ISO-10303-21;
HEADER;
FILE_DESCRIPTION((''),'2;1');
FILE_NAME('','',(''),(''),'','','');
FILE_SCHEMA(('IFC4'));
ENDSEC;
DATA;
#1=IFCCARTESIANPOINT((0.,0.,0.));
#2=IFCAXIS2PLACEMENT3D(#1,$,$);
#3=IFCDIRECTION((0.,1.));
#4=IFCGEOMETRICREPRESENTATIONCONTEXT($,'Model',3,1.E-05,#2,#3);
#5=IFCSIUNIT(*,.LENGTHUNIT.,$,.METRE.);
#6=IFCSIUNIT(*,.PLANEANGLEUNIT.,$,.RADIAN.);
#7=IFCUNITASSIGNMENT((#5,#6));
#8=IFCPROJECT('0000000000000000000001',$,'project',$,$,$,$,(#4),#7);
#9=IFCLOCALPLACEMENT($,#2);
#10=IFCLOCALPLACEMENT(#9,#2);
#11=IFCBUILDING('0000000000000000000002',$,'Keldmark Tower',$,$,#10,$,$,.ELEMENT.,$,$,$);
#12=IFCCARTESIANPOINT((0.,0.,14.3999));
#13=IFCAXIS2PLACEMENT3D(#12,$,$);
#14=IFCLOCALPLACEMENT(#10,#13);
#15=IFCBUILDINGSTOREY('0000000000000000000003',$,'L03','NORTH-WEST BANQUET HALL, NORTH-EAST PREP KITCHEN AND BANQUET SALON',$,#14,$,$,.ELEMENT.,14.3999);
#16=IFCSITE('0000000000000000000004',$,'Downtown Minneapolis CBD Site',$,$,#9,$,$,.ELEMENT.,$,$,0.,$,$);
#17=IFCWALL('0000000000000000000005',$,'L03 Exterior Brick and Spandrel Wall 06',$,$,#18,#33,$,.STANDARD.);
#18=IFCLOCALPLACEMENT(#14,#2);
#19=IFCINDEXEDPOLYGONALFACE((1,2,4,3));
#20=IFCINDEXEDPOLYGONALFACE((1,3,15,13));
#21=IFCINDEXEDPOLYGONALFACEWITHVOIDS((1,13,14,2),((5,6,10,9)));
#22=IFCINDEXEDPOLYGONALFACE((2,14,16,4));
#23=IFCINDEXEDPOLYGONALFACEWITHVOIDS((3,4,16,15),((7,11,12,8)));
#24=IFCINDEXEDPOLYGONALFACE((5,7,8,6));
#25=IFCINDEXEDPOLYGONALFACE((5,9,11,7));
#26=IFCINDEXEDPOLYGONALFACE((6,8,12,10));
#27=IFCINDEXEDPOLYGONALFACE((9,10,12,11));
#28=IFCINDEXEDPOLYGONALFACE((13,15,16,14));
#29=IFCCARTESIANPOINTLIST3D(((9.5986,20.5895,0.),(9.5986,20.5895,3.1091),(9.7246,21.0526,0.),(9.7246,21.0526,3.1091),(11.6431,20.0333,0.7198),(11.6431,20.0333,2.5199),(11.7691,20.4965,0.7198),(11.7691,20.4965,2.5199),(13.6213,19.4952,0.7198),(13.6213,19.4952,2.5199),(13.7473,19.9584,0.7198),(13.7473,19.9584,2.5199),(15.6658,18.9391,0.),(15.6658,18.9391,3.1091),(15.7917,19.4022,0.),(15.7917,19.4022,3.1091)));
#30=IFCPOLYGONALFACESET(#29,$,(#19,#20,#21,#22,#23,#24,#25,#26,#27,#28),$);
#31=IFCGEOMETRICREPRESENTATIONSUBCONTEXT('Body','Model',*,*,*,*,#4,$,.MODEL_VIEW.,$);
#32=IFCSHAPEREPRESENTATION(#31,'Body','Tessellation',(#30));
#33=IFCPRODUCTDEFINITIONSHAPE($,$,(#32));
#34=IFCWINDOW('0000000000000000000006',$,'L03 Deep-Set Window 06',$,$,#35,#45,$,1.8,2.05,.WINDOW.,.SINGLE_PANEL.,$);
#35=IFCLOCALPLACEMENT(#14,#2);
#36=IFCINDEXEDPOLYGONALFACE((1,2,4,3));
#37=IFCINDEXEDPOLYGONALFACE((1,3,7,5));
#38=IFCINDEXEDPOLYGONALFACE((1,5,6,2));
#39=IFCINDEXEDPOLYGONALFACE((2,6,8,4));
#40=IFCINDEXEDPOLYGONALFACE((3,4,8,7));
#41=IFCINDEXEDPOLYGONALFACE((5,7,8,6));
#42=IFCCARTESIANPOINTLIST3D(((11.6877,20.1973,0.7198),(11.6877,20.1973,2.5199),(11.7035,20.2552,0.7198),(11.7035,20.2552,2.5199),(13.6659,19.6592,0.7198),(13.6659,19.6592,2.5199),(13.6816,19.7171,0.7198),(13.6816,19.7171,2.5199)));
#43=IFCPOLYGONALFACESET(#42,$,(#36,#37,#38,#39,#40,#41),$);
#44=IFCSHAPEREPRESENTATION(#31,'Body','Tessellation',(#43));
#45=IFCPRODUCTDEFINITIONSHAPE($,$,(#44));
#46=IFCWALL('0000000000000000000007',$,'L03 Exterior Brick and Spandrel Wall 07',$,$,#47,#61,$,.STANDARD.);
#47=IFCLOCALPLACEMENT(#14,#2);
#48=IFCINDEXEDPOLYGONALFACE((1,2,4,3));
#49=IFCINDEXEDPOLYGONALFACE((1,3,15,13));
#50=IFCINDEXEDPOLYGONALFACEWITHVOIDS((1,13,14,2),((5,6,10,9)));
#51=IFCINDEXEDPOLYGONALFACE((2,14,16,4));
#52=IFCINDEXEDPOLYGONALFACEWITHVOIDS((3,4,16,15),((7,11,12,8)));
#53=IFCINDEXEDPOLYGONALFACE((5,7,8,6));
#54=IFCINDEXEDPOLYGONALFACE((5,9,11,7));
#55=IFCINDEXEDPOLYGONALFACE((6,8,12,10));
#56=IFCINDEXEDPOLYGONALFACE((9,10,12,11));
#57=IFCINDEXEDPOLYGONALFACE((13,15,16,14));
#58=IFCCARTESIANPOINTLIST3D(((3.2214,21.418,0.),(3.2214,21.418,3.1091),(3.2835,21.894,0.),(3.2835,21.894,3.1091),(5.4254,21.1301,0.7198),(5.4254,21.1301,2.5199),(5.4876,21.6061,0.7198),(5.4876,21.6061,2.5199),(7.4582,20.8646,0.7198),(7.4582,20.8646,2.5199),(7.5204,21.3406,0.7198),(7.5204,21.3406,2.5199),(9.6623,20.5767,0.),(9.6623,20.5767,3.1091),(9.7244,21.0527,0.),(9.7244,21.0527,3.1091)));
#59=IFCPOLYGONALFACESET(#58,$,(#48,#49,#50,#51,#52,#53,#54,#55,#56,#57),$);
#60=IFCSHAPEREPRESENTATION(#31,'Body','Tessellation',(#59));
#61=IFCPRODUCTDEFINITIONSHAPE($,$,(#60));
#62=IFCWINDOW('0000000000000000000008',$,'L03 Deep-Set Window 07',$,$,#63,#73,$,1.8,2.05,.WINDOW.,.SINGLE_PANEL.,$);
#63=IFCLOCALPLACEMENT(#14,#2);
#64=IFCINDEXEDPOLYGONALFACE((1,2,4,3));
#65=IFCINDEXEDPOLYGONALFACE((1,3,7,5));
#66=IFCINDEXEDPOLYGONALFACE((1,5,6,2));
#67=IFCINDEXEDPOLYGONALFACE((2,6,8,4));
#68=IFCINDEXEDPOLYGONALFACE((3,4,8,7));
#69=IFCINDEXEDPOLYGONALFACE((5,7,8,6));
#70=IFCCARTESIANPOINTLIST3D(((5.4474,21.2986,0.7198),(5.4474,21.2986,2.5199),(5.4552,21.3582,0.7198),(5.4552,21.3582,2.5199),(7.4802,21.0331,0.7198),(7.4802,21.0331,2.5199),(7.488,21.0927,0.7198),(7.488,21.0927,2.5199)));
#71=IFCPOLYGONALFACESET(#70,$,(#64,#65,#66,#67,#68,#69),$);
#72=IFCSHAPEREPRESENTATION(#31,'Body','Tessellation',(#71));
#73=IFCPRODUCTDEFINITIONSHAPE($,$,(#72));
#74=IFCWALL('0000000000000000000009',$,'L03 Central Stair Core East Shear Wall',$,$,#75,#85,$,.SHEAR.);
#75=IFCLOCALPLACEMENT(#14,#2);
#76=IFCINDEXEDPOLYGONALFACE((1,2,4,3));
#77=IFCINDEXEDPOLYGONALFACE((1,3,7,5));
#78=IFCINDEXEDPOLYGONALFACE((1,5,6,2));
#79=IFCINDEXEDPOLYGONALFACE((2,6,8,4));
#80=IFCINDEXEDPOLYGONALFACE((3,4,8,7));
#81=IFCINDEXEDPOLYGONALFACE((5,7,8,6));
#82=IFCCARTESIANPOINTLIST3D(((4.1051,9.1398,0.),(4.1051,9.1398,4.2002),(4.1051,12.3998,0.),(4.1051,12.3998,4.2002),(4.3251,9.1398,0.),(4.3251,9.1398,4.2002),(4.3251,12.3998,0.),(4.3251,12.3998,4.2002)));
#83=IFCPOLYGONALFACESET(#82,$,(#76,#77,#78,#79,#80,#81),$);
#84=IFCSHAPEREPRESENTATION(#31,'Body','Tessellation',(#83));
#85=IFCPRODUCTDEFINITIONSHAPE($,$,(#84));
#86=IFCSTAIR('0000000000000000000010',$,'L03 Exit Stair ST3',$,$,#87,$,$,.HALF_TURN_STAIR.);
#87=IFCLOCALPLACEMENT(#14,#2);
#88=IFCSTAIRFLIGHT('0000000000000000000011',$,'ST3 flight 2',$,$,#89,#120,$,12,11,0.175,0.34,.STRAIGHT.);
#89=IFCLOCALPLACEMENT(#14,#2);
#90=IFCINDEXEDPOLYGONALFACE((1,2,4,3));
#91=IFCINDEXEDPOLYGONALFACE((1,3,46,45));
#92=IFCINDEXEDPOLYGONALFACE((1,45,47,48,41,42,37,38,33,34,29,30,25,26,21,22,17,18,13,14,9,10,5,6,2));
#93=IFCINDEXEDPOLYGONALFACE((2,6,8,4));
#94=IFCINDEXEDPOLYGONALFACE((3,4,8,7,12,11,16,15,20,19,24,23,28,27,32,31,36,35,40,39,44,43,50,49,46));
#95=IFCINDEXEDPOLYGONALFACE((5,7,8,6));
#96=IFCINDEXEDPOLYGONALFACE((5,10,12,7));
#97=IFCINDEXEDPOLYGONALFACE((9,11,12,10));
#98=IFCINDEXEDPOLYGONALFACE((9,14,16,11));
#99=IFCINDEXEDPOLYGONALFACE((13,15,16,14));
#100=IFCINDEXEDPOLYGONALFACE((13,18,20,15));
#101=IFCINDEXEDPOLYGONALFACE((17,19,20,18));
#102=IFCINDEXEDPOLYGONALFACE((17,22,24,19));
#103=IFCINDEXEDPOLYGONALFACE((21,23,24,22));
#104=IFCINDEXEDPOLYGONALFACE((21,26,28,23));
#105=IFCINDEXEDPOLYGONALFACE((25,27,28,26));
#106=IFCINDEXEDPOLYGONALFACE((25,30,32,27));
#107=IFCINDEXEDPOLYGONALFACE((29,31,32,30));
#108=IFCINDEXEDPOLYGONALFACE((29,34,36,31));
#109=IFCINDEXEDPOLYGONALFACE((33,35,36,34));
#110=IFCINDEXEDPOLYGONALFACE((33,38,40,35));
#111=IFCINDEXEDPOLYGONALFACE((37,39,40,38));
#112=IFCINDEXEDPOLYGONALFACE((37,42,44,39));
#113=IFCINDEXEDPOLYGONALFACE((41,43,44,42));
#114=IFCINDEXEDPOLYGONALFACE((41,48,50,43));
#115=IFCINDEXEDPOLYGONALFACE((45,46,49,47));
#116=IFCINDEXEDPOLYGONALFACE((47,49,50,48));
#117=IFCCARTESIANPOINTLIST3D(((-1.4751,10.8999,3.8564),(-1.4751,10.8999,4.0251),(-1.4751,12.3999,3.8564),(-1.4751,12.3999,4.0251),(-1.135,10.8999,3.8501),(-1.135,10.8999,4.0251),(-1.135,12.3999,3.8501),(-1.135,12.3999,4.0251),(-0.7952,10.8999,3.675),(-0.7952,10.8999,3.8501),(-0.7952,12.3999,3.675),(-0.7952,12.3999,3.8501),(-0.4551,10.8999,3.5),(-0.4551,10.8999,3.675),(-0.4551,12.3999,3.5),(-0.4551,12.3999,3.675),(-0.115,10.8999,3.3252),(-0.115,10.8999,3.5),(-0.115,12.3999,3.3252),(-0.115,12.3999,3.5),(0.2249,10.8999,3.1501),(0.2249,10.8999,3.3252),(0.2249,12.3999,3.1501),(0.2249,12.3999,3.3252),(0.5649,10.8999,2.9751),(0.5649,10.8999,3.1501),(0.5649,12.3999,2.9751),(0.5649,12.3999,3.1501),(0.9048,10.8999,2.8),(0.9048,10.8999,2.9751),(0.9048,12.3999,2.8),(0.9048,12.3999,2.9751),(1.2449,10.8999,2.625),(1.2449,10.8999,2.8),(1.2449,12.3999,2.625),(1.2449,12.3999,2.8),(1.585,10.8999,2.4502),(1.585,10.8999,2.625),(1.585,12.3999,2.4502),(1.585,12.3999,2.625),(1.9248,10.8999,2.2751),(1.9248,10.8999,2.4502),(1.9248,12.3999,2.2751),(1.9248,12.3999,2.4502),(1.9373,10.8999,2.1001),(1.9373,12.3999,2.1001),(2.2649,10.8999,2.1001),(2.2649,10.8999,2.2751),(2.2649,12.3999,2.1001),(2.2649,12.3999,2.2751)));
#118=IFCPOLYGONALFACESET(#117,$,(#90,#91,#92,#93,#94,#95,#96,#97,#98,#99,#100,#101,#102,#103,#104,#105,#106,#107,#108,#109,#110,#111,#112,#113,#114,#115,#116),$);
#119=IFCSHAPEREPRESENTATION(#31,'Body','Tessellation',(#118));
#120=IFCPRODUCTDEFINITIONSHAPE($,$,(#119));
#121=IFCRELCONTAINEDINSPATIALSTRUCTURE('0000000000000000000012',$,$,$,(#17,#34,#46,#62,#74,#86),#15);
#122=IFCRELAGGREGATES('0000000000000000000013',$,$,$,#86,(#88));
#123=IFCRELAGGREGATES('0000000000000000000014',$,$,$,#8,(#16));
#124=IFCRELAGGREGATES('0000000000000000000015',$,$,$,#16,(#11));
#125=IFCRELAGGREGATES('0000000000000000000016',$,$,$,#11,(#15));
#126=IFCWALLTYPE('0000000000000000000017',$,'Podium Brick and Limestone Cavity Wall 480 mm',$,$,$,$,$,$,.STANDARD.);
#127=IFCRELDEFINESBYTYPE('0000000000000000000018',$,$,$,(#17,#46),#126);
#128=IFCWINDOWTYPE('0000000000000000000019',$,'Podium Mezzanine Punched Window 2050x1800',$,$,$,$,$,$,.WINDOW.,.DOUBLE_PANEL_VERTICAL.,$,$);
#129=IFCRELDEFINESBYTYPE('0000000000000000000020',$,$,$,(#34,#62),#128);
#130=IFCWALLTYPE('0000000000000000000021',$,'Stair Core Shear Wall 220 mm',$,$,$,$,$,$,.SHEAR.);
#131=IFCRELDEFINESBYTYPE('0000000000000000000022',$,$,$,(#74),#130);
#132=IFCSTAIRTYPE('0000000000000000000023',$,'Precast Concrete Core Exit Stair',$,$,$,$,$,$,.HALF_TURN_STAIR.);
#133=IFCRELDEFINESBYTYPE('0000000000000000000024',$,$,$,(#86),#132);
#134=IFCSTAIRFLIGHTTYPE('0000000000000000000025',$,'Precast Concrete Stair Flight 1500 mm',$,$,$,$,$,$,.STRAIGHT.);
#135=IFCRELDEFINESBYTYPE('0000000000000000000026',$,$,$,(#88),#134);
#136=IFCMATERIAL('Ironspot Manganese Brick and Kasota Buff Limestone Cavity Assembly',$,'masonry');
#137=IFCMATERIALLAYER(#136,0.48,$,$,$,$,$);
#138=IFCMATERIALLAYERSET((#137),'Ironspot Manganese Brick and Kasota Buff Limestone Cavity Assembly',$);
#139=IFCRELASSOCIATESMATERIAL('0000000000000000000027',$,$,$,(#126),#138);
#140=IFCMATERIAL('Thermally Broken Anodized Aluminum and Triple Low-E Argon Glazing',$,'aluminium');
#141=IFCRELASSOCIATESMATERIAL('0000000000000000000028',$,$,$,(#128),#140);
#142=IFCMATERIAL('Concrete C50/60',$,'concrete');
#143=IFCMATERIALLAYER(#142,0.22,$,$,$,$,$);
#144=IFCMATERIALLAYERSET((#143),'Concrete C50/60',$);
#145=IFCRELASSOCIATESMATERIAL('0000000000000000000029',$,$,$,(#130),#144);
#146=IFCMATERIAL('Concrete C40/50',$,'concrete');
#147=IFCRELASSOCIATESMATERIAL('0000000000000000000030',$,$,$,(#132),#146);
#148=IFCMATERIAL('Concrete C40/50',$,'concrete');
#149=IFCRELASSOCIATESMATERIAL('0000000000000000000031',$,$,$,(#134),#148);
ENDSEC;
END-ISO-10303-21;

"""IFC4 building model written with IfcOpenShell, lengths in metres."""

from ifc_helpers import new_model, si_unit, direction, frame, frame_2d, origin, place, context, subcontext, project, spatial, polyline, rectangle, outline, extrude, material, layer, layer_set, type_object, element, fill, aggregate, save


model = new_model("IFC4")

# Units and contexts
model_context = context("Model", 3, precision=1e-05, world=origin(), true_north=direction((0.0, 1.0)))
body_context = subcontext(model_context, "Body", "Model", "MODEL_VIEW")
ifc_project = project(units=[si_unit("LENGTHUNIT", "METRE"), si_unit("PLANEANGLEUNIT", "RADIAN")], contexts=[model_context])

# Site, building, storey
site_placement = place(None, origin())
site = spatial("IfcSite", under=ifc_project, at=site_placement, Name="Downtown Minneapolis CBD Site", CompositionType="ELEMENT", RefElevation=0.0)
building_placement = place(site_placement, origin())
building = spatial("IfcBuilding", under=site, at=building_placement, Name="Keldmark Tower", CompositionType="ELEMENT")
storey_placement = place(building_placement, frame((0.0, 0.0, 14.3999)))
storey = spatial("IfcBuildingStorey", under=building, at=storey_placement, Name="L03", Description="NORTH-WEST BANQUET HALL, NORTH-EAST PREP KITCHEN AND BANQUET SALON", CompositionType="ELEMENT", Elevation=14.3999)

# Walls, openings, windows
ifc_material_1 = material(Name="Ironspot Manganese Brick and Kasota Buff Limestone Cavity Assembly", Category="masonry")
ifc_layer_1 = layer(ifc_material_1, 0.48)
ifc_layer_set_1 = layer_set([ifc_layer_1], Name="Ironspot Manganese Brick and Kasota Buff Limestone Cavity Assembly")
wall_type_1 = type_object("IfcWallType", Name="Podium Brick and Limestone Cavity Wall 480 mm", PredefinedType="STANDARD", material=ifc_layer_set_1)
wall_1_placement = place(storey_placement, frame((9.6616, 20.821, 0.0), z_axis=(0.0, 0.0, 1.0), x_axis=(0.964937, -0.262483, 0.0)))
wall_1 = element("IfcWall", 1, at=wall_1_placement, inside=storey, type_object=wall_type_1, Name="L03 Exterior Brick and Spandrel Wall 06", PredefinedType="STANDARD", context=body_context, shape_type="SweptSolid", body=[
    extrude(rectangle(XDim=6.2876, YDim=0.48, at=frame_2d((3.1438, 0.0))), origin(), (0.0, 0.0, 1.0), 3.1091),
])
opening_1_placement = place(wall_1_placement, frame((2.1189, 0.0, 0.72)))
opening_1 = element("IfcOpeningElement", 2, at=opening_1_placement, cuts=wall_1, PredefinedType="OPENING", context=body_context, shape_type="SweptSolid", body=[
    extrude(rectangle(XDim=2.05, YDim=1.8, at=frame_2d((1.0249, 0.8999))), frame((0.0, 0.25, 0.0), z_axis=(0.0, -1.0, 0.0), x_axis=(1.0, 0.0, 0.0)), (0.0, 0.0, 1.0), 0.5),
])
ifc_material_2 = material(Name="Thermally Broken Anodized Aluminum and Triple Low-E Argon Glazing", Category="aluminium")
window_type = type_object("IfcWindowType", Name="Podium Mezzanine Punched Window 2050x1800", PartitioningType="DOUBLE_PANEL_VERTICAL", PredefinedType="WINDOW", material=ifc_material_2)
window_1_placement = place(opening_1_placement, origin())
window_1 = element("IfcWindow", 3, at=window_1_placement, inside=storey, type_object=window_type, Name="L03 Deep-Set Window 06", OverallHeight=1.8, OverallWidth=2.05, PartitioningType="SINGLE_PANEL", PredefinedType="WINDOW", context=body_context, shape_type="SweptSolid", body=[
    extrude(rectangle(XDim=2.05, YDim=1.8, at=frame_2d((1.0249, 0.8999))), frame((0.0, -0.01, 0.0), z_axis=(0.0, -1.0, 0.0), x_axis=(1.0, 0.0, 0.0)), (0.0, 0.0, 1.0), 0.0601),
])
fill(opening_1, window_1)
wall_2_placement = place(storey_placement, frame((3.2524, 21.656, 0.0), z_axis=(0.0, 0.0, 1.0), x_axis=(0.991577, -0.129519, 0.0)))
wall_2 = element("IfcWall", 4, at=wall_2_placement, inside=storey, type_object=wall_type_1, Name="L03 Exterior Brick and Spandrel Wall 07", PredefinedType="STANDARD", context=body_context, shape_type="SweptSolid", body=[
    extrude(rectangle(XDim=6.4956, YDim=0.48, at=frame_2d((3.2478, 0.0))), origin(), (0.0, 0.0, 1.0), 3.1091),
])
opening_2_placement = place(wall_2_placement, frame((2.2229, 0.0, 0.72)))
opening_2 = element("IfcOpeningElement", 5, at=opening_2_placement, cuts=wall_2, PredefinedType="OPENING", context=body_context, shape_type="SweptSolid", body=[
    extrude(rectangle(XDim=2.05, YDim=1.8, at=frame_2d((1.0249, 0.8999))), frame((0.0, 0.25, 0.0), z_axis=(0.0, -1.0, 0.0), x_axis=(1.0, 0.0, 0.0)), (0.0, 0.0, 1.0), 0.5),
])
window_2_placement = place(opening_2_placement, origin())
window_2 = element("IfcWindow", 6, at=window_2_placement, inside=storey, type_object=window_type, Name="L03 Deep-Set Window 07", OverallHeight=1.8, OverallWidth=2.05, PartitioningType="SINGLE_PANEL", PredefinedType="WINDOW", context=body_context, shape_type="SweptSolid", body=[
    extrude(rectangle(XDim=2.05, YDim=1.8, at=frame_2d((1.0249, 0.8999))), frame((0.0, -0.01, 0.0), z_axis=(0.0, -1.0, 0.0), x_axis=(1.0, 0.0, 0.0)), (0.0, 0.0, 1.0), 0.0601),
])
fill(opening_2, window_2)

# Wall
ifc_material_3 = material(Name="Concrete C50/60", Category="concrete")
ifc_layer_2 = layer(ifc_material_3, 0.22)
ifc_layer_set_2 = layer_set([ifc_layer_2], Name="Concrete C50/60")
wall_type_2 = type_object("IfcWallType", Name="Stair Core Shear Wall 220 mm", PredefinedType="SHEAR", material=ifc_layer_set_2)
wall_3_placement = place(storey_placement, frame((4.2151, 9.1399, 0.0), z_axis=(0.0, 0.0, 1.0), x_axis=(0.0, 1.0, 0.0)))
element("IfcWall", 7, at=wall_3_placement, inside=storey, type_object=wall_type_2, Name="L03 Central Stair Core East Shear Wall", PredefinedType="SHEAR", context=body_context, shape_type="SweptSolid", body=[
    extrude(rectangle(XDim=3.26, YDim=0.22, at=frame_2d((1.6299, 0.0))), origin(), (0.0, 0.0, 1.0), 4.2002),
])

# Stair, stair flight
ifc_material_4 = material(Name="Concrete C40/50", Category="concrete")
stair_type = type_object("IfcStairType", Name="Precast Concrete Core Exit Stair", PredefinedType="HALF_TURN_STAIR", material=ifc_material_4)
stair_placement = place(storey_placement, origin())
stair = element("IfcStair", 8, at=stair_placement, inside=storey, type_object=stair_type, Name="L03 Exit Stair ST3", PredefinedType="HALF_TURN_STAIR")
ifc_material_5 = material(Name="Concrete C40/50", Category="concrete")
stair_flight_type = type_object("IfcStairFlightType", Name="Precast Concrete Stair Flight 1500 mm", PredefinedType="STRAIGHT", material=ifc_material_5)
stair_flight_placement = place(storey_placement, frame((2.2649, 11.6499, 2.1001), z_axis=(0.0, 0.0, 1.0), x_axis=(-1.0, 0.0, 0.0)))
stair_flight = element("IfcStairFlight", 9, at=stair_flight_placement, type_object=stair_flight_type, Name="ST3 flight 2", NumberOfRisers=12, NumberOfTreads=11, PredefinedType="STRAIGHT", RiserHeight=0.175, TreadLength=0.34, context=body_context, shape_type="SweptSolid", body=[
    extrude(outline(polyline([(0.0, 0.0), (0.0, 0.175), (0.3401, 0.175), (0.3401, 0.3501), (0.6799, 0.3501), (0.6799, 0.5249), (1.02, 0.5249), (1.02, 0.7), (1.3601, 0.7), (1.3601, 0.875), (1.7, 0.875), (1.7, 1.05), (2.04, 1.05), (2.04, 1.2251), (2.3799, 1.2251), (2.3799, 1.3999), (2.72, 1.3999), (2.72, 1.575), (3.0601, 1.575), (3.0601, 1.75), (3.3999, 1.75), (3.3999, 1.925), (3.74, 1.925), (3.74, 2.1001), (3.74, 1.7563), (0.3276, 0.0), (0.0, 0.0)])), frame((0.0, 0.75, 0.0), z_axis=(0.0, -1.0, 0.0), x_axis=(1.0, 0.0, 0.0)), (0.0, 0.0, 1.0), 1.5),
])
aggregate(stair, [stair_flight])

save(model, "model.ifc")
